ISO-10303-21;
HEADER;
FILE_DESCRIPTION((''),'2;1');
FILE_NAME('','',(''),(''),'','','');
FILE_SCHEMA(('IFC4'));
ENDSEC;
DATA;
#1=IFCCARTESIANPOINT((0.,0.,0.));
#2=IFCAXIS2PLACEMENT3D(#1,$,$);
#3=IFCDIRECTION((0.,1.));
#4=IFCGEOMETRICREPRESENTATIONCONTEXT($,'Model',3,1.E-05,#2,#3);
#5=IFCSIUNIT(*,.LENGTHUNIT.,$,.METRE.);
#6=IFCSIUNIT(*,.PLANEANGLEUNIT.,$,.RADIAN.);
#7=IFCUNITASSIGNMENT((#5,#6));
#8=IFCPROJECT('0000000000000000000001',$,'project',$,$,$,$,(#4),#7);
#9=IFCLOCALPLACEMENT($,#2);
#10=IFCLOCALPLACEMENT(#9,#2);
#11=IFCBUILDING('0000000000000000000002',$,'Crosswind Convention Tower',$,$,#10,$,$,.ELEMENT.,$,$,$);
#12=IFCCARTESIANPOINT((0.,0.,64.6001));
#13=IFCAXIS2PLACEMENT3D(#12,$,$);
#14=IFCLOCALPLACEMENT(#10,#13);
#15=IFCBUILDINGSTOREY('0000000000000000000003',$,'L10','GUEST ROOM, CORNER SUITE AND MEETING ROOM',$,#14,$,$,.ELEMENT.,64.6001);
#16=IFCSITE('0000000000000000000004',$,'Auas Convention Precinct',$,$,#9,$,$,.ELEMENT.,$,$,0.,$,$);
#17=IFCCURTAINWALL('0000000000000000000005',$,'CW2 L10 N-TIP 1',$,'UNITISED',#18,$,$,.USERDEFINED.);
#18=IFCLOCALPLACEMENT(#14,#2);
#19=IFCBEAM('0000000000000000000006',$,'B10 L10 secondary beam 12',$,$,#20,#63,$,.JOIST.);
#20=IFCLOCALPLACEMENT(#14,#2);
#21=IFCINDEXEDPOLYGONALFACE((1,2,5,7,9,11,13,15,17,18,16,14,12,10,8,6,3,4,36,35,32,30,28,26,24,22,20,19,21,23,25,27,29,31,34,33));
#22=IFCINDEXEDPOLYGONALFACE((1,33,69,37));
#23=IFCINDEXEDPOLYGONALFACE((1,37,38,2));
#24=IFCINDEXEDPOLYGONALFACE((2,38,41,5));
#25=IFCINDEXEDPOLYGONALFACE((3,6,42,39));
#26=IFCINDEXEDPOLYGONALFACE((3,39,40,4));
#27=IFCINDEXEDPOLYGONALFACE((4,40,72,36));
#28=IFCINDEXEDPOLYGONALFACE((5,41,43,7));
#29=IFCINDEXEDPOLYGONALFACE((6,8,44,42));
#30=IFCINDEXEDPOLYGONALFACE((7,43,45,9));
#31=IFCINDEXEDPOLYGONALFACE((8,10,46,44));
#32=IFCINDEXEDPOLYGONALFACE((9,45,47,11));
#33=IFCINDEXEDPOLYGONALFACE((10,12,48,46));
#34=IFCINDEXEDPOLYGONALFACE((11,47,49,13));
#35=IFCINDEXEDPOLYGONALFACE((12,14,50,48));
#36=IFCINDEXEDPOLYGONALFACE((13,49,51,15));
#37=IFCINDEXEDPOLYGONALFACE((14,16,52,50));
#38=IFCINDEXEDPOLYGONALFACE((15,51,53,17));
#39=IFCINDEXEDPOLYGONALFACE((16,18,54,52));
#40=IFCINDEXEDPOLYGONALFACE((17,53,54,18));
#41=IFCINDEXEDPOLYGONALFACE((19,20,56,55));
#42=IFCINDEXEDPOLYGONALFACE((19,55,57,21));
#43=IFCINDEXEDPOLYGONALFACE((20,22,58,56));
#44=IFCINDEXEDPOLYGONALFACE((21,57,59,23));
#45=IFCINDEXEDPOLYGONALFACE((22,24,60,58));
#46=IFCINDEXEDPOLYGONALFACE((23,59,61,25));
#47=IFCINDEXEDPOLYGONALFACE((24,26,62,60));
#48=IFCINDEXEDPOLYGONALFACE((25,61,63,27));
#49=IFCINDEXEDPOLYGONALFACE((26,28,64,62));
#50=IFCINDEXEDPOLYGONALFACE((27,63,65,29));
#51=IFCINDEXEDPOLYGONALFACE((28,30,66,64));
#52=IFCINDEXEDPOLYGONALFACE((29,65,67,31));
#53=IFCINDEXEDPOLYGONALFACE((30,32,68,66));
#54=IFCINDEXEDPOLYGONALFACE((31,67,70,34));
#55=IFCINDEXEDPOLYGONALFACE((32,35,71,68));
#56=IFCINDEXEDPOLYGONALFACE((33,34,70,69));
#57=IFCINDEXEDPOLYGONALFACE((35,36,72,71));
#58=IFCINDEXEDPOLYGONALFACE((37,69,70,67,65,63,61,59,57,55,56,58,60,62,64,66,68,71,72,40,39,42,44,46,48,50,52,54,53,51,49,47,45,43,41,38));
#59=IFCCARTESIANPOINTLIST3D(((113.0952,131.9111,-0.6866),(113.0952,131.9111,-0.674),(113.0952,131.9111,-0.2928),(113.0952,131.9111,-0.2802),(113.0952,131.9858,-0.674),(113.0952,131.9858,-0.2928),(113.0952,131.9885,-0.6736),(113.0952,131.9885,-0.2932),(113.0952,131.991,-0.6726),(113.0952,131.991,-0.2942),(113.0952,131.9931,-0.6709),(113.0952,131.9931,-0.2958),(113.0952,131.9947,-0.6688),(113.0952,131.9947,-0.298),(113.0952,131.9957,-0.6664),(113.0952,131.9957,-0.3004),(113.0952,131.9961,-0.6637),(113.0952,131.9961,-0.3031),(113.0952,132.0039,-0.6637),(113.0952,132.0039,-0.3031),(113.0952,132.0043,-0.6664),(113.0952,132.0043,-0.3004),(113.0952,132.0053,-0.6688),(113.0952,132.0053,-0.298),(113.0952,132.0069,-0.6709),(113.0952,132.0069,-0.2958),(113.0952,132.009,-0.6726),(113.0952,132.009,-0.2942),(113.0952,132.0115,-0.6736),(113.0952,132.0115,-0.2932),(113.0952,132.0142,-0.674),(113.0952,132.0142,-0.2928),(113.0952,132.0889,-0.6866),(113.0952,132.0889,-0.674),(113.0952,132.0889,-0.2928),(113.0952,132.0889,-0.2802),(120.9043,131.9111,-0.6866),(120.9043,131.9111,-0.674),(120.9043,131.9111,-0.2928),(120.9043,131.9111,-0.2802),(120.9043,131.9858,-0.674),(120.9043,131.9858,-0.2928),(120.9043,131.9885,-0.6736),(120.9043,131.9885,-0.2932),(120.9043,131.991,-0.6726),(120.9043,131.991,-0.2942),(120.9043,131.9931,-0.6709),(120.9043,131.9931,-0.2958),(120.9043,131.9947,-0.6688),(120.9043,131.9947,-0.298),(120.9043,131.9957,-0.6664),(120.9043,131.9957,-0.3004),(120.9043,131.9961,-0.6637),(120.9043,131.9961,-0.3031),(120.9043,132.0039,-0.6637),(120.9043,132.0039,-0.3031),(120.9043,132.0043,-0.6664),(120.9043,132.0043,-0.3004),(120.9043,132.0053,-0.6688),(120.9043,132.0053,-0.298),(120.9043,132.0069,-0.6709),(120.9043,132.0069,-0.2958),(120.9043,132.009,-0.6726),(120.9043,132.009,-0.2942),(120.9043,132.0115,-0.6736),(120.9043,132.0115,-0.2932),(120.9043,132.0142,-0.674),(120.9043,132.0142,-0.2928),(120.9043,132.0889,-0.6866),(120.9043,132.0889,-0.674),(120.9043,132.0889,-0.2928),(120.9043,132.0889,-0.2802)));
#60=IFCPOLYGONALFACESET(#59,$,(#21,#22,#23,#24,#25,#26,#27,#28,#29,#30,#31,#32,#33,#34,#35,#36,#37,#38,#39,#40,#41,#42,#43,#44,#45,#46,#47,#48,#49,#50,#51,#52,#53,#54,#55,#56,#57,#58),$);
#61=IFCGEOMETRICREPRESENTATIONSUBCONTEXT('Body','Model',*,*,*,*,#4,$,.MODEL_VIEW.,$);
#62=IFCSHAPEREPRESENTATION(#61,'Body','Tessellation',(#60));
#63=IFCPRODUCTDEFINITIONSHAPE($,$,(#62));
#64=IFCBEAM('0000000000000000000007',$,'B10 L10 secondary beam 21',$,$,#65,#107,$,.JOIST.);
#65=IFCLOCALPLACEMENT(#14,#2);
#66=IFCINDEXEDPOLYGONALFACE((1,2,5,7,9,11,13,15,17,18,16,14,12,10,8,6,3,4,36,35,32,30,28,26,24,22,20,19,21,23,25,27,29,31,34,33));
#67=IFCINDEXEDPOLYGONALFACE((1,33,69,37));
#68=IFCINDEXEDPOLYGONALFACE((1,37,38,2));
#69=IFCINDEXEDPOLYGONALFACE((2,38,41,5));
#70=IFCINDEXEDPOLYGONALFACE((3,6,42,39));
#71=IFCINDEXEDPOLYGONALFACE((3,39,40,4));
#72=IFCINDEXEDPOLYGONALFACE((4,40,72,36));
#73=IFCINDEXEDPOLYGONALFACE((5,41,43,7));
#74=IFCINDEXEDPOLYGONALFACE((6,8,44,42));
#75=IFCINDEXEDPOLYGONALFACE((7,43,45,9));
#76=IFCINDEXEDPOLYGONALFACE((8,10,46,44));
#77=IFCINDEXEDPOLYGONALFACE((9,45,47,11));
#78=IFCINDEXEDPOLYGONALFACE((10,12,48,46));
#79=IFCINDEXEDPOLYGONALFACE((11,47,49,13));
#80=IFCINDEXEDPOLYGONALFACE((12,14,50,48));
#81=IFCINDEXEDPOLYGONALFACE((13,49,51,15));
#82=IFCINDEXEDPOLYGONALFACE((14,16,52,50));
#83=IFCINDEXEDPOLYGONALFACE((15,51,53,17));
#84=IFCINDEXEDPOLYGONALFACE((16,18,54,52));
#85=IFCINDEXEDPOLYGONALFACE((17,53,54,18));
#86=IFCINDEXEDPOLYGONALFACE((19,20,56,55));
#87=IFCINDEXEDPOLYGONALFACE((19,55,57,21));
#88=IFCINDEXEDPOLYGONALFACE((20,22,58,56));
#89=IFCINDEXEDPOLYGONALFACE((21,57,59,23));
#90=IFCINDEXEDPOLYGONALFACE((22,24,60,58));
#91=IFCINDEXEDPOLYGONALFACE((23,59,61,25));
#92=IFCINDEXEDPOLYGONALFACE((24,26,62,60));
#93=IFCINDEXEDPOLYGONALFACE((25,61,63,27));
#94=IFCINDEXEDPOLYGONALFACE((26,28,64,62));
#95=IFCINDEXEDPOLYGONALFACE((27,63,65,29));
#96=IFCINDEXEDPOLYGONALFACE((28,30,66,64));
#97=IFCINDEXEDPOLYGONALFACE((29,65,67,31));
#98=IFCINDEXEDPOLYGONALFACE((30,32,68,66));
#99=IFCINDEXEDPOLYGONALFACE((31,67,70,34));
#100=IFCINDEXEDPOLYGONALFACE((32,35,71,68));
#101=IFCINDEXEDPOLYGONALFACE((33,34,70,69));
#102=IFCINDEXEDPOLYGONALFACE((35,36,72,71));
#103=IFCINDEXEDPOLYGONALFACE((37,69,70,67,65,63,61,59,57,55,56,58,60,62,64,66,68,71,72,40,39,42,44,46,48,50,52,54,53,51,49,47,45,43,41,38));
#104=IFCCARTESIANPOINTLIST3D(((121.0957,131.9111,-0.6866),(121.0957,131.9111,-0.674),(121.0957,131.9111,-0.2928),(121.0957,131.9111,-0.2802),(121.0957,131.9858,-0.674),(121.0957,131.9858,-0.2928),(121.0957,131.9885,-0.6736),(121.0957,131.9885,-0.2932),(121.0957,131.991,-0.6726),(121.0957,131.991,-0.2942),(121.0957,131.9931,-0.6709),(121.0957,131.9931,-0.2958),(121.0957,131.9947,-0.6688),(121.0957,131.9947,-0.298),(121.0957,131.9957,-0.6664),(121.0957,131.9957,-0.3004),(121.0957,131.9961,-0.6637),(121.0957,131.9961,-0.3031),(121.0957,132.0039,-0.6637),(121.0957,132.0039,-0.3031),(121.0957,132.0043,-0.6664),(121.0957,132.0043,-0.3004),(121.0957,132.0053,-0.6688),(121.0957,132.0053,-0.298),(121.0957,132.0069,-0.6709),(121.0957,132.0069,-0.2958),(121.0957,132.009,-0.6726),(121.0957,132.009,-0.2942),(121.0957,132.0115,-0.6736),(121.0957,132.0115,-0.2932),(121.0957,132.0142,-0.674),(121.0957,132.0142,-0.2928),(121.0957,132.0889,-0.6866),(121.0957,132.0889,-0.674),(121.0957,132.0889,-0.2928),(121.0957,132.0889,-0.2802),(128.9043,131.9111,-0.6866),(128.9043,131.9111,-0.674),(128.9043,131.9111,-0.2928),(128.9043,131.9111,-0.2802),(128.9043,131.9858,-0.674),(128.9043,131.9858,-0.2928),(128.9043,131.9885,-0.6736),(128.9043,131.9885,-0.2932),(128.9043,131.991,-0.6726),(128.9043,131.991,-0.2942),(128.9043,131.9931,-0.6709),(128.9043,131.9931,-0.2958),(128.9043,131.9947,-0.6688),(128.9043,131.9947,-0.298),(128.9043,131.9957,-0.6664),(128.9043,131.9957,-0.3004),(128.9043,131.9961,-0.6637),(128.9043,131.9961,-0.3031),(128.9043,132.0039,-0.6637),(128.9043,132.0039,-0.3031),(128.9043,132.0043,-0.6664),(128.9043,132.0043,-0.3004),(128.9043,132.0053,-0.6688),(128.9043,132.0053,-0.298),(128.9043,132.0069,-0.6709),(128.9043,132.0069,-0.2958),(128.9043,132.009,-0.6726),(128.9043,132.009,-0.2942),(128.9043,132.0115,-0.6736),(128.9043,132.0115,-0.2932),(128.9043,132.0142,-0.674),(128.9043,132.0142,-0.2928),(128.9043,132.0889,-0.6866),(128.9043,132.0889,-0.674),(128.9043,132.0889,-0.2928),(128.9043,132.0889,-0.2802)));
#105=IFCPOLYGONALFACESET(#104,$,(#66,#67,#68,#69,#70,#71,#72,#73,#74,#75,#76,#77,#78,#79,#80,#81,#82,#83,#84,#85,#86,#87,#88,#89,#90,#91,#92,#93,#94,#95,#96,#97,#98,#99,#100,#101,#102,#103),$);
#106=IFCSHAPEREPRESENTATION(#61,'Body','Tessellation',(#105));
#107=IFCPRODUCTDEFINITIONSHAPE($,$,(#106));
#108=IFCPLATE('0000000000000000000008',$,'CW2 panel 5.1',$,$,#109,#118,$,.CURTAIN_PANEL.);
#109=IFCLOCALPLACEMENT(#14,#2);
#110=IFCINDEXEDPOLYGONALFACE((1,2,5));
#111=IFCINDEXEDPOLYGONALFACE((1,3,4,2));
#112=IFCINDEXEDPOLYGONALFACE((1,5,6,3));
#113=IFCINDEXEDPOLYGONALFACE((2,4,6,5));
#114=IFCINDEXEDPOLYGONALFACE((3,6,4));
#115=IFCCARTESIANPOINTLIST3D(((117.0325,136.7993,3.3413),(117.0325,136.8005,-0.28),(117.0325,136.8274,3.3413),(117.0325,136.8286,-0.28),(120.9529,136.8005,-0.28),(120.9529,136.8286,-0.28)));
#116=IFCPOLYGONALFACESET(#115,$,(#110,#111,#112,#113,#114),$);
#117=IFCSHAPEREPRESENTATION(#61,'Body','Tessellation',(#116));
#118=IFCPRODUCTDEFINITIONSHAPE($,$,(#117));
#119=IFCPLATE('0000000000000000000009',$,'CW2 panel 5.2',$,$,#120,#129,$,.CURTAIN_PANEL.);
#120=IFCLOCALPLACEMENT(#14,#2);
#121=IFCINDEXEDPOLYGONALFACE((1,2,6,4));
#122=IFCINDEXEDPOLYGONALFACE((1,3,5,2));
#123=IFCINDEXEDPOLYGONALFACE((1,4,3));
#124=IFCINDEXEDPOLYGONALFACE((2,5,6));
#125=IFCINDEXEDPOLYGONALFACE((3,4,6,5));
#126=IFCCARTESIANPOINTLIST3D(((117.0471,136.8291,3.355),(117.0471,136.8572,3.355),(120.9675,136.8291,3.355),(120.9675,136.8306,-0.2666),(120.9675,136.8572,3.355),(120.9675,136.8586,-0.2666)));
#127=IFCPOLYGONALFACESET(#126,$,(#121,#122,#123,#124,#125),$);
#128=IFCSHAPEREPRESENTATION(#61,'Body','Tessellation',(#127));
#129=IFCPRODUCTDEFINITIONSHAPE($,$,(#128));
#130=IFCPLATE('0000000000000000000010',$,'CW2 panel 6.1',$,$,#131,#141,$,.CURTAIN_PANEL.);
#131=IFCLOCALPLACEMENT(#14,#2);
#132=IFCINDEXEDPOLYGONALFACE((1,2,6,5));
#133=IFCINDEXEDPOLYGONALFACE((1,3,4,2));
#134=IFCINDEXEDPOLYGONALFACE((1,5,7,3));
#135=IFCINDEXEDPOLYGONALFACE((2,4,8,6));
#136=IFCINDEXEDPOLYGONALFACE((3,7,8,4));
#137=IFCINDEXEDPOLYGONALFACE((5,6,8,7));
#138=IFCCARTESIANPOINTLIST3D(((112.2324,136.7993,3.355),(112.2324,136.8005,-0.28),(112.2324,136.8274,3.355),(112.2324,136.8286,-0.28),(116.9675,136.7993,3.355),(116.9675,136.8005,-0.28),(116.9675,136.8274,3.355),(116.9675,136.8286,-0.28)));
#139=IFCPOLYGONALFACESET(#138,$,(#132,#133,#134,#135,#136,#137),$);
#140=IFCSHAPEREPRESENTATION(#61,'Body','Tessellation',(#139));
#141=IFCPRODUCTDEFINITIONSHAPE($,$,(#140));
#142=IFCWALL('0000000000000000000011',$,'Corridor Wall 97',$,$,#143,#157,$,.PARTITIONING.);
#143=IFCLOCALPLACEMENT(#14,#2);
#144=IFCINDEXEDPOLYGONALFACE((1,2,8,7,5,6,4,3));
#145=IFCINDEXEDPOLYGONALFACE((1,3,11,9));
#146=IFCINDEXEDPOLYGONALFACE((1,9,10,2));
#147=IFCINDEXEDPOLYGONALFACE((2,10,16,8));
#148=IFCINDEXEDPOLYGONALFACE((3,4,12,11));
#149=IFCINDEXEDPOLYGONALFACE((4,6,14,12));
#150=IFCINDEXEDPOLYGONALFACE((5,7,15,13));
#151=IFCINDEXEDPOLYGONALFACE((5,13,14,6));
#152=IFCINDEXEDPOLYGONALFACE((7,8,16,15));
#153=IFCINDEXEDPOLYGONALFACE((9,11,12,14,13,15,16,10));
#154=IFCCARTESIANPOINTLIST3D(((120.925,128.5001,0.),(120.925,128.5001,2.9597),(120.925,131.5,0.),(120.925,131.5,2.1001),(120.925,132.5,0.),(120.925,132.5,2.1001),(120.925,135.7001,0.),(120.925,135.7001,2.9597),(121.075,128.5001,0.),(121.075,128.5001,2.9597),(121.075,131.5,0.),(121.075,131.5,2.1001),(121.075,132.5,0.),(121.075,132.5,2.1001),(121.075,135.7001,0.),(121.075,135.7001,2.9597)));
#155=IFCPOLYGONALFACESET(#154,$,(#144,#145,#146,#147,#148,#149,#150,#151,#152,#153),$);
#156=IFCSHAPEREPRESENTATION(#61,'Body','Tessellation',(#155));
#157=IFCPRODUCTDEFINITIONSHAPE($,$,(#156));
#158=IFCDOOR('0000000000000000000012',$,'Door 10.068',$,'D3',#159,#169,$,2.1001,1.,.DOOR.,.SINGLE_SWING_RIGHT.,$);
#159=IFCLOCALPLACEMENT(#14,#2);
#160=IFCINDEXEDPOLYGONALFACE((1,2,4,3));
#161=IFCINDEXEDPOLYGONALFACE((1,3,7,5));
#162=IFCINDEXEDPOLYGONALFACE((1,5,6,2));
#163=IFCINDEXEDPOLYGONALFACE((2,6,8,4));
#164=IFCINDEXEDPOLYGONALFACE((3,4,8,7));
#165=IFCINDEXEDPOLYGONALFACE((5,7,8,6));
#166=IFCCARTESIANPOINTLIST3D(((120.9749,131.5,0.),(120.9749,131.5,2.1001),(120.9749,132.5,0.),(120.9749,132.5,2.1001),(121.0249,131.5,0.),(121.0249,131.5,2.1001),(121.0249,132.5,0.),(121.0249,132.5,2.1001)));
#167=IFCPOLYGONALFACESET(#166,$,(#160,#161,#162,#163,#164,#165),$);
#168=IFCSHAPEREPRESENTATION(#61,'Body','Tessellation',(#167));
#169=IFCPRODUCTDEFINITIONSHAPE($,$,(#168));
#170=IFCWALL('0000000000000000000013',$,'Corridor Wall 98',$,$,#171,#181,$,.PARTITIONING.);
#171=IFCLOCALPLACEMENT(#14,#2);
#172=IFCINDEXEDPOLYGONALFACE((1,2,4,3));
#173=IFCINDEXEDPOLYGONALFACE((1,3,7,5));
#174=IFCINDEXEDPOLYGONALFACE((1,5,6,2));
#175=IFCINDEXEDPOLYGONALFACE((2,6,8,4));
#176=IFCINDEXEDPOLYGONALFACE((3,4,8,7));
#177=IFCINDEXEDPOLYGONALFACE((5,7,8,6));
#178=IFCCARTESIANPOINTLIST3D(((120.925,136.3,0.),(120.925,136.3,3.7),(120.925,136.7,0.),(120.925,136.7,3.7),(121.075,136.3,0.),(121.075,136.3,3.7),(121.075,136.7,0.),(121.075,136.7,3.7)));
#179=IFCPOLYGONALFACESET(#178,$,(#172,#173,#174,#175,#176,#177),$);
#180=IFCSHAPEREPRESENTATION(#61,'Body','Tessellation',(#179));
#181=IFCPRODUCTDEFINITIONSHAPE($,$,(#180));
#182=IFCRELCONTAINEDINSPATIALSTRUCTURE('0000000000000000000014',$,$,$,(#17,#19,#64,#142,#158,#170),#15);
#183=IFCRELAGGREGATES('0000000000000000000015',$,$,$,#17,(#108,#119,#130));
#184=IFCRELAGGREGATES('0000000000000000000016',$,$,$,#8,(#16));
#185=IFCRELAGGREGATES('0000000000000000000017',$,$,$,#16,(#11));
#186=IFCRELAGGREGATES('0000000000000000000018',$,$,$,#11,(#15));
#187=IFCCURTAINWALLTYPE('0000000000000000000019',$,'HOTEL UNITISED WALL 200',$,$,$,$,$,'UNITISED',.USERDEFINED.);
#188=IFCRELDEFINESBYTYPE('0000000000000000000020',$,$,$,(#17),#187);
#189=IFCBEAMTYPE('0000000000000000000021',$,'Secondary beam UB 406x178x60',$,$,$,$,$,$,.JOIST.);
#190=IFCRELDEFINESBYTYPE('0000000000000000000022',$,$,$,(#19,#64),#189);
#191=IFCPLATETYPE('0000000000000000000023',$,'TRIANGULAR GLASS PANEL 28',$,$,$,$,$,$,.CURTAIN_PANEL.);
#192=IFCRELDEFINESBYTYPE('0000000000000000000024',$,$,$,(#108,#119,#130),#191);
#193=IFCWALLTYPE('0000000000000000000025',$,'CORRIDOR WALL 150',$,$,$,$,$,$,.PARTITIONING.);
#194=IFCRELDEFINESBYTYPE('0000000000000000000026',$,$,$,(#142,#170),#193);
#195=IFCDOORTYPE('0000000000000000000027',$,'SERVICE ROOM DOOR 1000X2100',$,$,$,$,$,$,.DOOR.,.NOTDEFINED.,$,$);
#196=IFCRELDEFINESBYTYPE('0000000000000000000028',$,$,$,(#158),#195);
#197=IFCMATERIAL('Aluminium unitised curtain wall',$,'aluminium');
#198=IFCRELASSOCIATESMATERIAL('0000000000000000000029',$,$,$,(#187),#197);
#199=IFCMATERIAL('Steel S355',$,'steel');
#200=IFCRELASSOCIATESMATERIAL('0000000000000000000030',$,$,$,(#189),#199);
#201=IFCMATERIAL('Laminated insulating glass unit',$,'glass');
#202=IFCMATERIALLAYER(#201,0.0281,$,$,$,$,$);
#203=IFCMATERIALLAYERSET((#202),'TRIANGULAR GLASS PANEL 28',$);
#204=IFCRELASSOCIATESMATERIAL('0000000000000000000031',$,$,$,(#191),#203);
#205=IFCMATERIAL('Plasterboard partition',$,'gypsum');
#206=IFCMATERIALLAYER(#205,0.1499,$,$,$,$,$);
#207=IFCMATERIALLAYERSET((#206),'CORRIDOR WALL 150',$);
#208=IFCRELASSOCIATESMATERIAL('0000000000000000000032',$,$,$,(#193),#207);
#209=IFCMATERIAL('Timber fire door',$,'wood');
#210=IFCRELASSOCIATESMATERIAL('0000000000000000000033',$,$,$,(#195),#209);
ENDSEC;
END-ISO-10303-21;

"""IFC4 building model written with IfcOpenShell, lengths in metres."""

from ifc_helpers import new_model, si_unit, direction, frame, frame_2d, origin, origin_2d, place, context, subcontext, project, spatial, polyline, rectangle, i_section, outline, extrude, material, layer, layer_set, material_profile, profile_set, type_object, element, fill, aggregate, save


model = new_model("IFC4")

# Units and contexts
model_context = context("Model", 3, precision=1e-05, world=origin(), true_north=direction((0.0, 1.0)))
body_context = subcontext(model_context, "Body", "Model", "MODEL_VIEW")
ifc_project = project(units=[si_unit("LENGTHUNIT", "METRE"), si_unit("PLANEANGLEUNIT", "RADIAN")], contexts=[model_context])

# Site, building, storey
site_placement = place(None, origin())
site = spatial("IfcSite", under=ifc_project, at=site_placement, Name="Auas Convention Precinct", CompositionType="ELEMENT", RefElevation=0.0)
building_placement = place(site_placement, origin())
building = spatial("IfcBuilding", under=site, at=building_placement, Name="Crosswind Convention Tower", CompositionType="ELEMENT")
storey_placement = place(building_placement, frame((0.0, 0.0, 64.6001)))
storey = spatial("IfcBuildingStorey", under=building, at=storey_placement, Name="L10", Description="GUEST ROOM, CORNER SUITE AND MEETING ROOM", CompositionType="ELEMENT", Elevation=64.6001)

# Shared definitions
ifc_material_1 = material(Name="Steel S355", Category="steel")

# Curtain wall
ifc_material_2 = material(Name="Aluminium unitised curtain wall", Category="aluminium")
curtain_wall_type = type_object("IfcCurtainWallType", Name="HOTEL UNITISED WALL 200", ElementType="UNITISED", PredefinedType="USERDEFINED", material=ifc_material_2)
curtain_wall_placement = place(storey_placement, origin())
curtain_wall = element("IfcCurtainWall", 1, at=curtain_wall_placement, inside=storey, type_object=curtain_wall_type, Name="CW2 L10 N-TIP 1", ObjectType="UNITISED", PredefinedType="USERDEFINED")

# Beams
ifc_material_profile_1 = material_profile(ifc_material_1, i_section(OverallWidth=0.1777, OverallDepth=0.4065, WebThickness=0.0078, FlangeThickness=0.0127, FilletRadius=0.0103, at=origin_2d()), Name="UB 406x178x60")
ifc_profile_set_1 = profile_set([ifc_material_profile_1], Name="Steel S355")
beam_type_1 = type_object("IfcBeamType", Name="Secondary beam UB 406x178x60", PredefinedType="JOIST", material=ifc_profile_set_1)
beam_1_placement = place(storey_placement, frame((113.0952, 132.0, -0.4834), z_axis=(1.0, 0.0, 0.0), x_axis=(0.0, 1.0, 0.0)))
element("IfcBeam", 2, at=beam_1_placement, inside=storey, type_object=beam_type_1, Name="B10 L10 secondary beam 12", PredefinedType="JOIST", context=body_context, shape_type="SweptSolid", body=[
    extrude(i_section(OverallWidth=0.1777, OverallDepth=0.4065, WebThickness=0.0078, FlangeThickness=0.0127, FilletRadius=0.0103, at=origin_2d()), origin(), (0.0, 0.0, 1.0), 7.8091),
])
beam_2_placement = place(storey_placement, frame((121.0957, 132.0, -0.4834), z_axis=(1.0, 0.0, 0.0), x_axis=(0.0, 1.0, 0.0)))
element("IfcBeam", 3, at=beam_2_placement, inside=storey, type_object=beam_type_1, Name="B10 L10 secondary beam 21", PredefinedType="JOIST", context=body_context, shape_type="SweptSolid", body=[
    extrude(i_section(OverallWidth=0.1777, OverallDepth=0.4065, WebThickness=0.0078, FlangeThickness=0.0127, FilletRadius=0.0103, at=origin_2d()), origin(), (0.0, 0.0, 1.0), 7.8086),
])

# Plates
ifc_material_3 = material(Name="Laminated insulating glass unit", Category="glass")
ifc_layer_1 = layer(ifc_material_3, 0.0281)
ifc_layer_set_1 = layer_set([ifc_layer_1], Name="TRIANGULAR GLASS PANEL 28")
plate_type = type_object("IfcPlateType", Name="TRIANGULAR GLASS PANEL 28", PredefinedType="CURTAIN_PANEL", material=ifc_layer_set_1)
plate_1_placement = place(storey_placement, frame((117.0325, 136.8286, -0.28), z_axis=(0.0, 1.0, 0.000337), x_axis=(0.0, -0.000337, 1.0)))
plate_1 = element("IfcPlate", 4, at=plate_1_placement, type_object=plate_type, Name="CW2 panel 5.1", PredefinedType="CURTAIN_PANEL", context=body_context, shape_type="SweptSolid", body=[
    extrude(outline(polyline([(0.0, 0.0), (3.6213, 0.0), (0.0, 3.9204), (0.0, 0.0)])), origin(), (0.0, 0.0, -1.0), 0.0281),
])
plate_2_placement = place(storey_placement, frame((120.9675, 136.8572, 3.355), z_axis=(0.0, 1.0, 0.000404), x_axis=(0.0, 0.000404, -1.0)))
plate_2 = element("IfcPlate", 5, at=plate_2_placement, type_object=plate_type, Name="CW2 panel 5.2", PredefinedType="CURTAIN_PANEL", context=body_context, shape_type="SweptSolid", body=[
    extrude(outline(polyline([(0.0, 0.0), (3.6216, 0.0), (0.0, 3.9204), (0.0, 0.0)])), origin(), (0.0, 0.0, -1.0), 0.0281),
])
plate_3_placement = place(storey_placement, frame((116.9675, 136.8286, -0.28), z_axis=(0.0, 1.0, 0.000336), x_axis=(-1.0, 0.0, 0.0)))
plate_3 = element("IfcPlate", 6, at=plate_3_placement, type_object=plate_type, Name="CW2 panel 6.1", PredefinedType="CURTAIN_PANEL", context=body_context, shape_type="SweptSolid", body=[
    extrude(outline(polyline([(0.0, 0.0), (4.7351, 0.0), (4.7351, 3.635), (0.0, 3.635), (0.0, 0.0)])), origin(), (0.0, 0.0, -1.0), 0.0281),
])
aggregate(curtain_wall, [plate_1, plate_2, plate_3])

# Wall, opening, door
ifc_material_4 = material(Name="Plasterboard partition", Category="gypsum")
ifc_layer_2 = layer(ifc_material_4, 0.1499)
ifc_layer_set_2 = layer_set([ifc_layer_2], Name="CORRIDOR WALL 150")
wall_type_1 = type_object("IfcWallType", Name="CORRIDOR WALL 150", PredefinedType="PARTITIONING", material=ifc_layer_set_2)
wall_1_placement = place(storey_placement, frame((121.0, 128.5, 0.0), z_axis=(0.0, 0.0, 1.0), x_axis=(0.0, 1.0, 0.0)))
wall_1 = element("IfcWall", 7, at=wall_1_placement, inside=storey, type_object=wall_type_1, Name="Corridor Wall 97", PredefinedType="PARTITIONING", context=body_context, shape_type="SweptSolid", body=[
    extrude(rectangle(XDim=7.2, YDim=0.1499, at=frame_2d((3.6001, 0.0))), origin(), (0.0, 0.0, 1.0), 2.9597),
])
opening_1_placement = place(wall_1_placement, frame((3.0, 0.0, 0.0)))
opening_1 = element("IfcOpeningElement", 8, at=opening_1_placement, cuts=wall_1, PredefinedType="OPENING", context=body_context, shape_type="SweptSolid", body=[
    extrude(rectangle(XDim=1.0, YDim=2.1001, at=frame_2d((0.5, 1.05))), frame((0.0, 0.085, 0.0), z_axis=(0.0, -1.0, 0.0), x_axis=(1.0, 0.0, 0.0)), (0.0, 0.0, 1.0), 0.1699),
])
ifc_material_5 = material(Name="Timber fire door", Category="wood")
door_type_1 = type_object("IfcDoorType", Name="SERVICE ROOM DOOR 1000X2100", OperationType="NOTDEFINED", PredefinedType="DOOR", material=ifc_material_5)
door_1_placement = place(opening_1_placement, frame((1.0, 0.0, 0.0), z_axis=(0.0, 0.0, 1.0), x_axis=(-1.0, 0.0, 0.0)))
door_1 = element("IfcDoor", 9, at=door_1_placement, inside=storey, type_object=door_type_1, Name="Door 10.068", ObjectType="D3", OperationType="SINGLE_SWING_RIGHT", OverallHeight=2.1001, OverallWidth=1.0, PredefinedType="DOOR", context=body_context, shape_type="SweptSolid", body=[
    extrude(rectangle(XDim=1.0, YDim=2.1001, at=frame_2d((0.5, 1.05))), frame((0.0, 0.0249, 0.0), z_axis=(0.0, -1.0, 0.0), x_axis=(1.0, 0.0, 0.0)), (0.0, 0.0, 1.0), 0.05),
])
fill(opening_1, door_1)

# Wall
wall_2_placement = place(storey_placement, frame((121.0, 136.3, 0.0), z_axis=(0.0, 0.0, 1.0), x_axis=(0.0, 1.0, 0.0)))
element("IfcWall", 10, at=wall_2_placement, inside=storey, type_object=wall_type_1, Name="Corridor Wall 98", PredefinedType="PARTITIONING", context=body_context, shape_type="SweptSolid", body=[
    extrude(rectangle(XDim=0.3999, YDim=0.1499, at=frame_2d((0.2, 0.0))), origin(), (0.0, 0.0, 1.0), 3.7),
])

save(model, "model.ifc")
